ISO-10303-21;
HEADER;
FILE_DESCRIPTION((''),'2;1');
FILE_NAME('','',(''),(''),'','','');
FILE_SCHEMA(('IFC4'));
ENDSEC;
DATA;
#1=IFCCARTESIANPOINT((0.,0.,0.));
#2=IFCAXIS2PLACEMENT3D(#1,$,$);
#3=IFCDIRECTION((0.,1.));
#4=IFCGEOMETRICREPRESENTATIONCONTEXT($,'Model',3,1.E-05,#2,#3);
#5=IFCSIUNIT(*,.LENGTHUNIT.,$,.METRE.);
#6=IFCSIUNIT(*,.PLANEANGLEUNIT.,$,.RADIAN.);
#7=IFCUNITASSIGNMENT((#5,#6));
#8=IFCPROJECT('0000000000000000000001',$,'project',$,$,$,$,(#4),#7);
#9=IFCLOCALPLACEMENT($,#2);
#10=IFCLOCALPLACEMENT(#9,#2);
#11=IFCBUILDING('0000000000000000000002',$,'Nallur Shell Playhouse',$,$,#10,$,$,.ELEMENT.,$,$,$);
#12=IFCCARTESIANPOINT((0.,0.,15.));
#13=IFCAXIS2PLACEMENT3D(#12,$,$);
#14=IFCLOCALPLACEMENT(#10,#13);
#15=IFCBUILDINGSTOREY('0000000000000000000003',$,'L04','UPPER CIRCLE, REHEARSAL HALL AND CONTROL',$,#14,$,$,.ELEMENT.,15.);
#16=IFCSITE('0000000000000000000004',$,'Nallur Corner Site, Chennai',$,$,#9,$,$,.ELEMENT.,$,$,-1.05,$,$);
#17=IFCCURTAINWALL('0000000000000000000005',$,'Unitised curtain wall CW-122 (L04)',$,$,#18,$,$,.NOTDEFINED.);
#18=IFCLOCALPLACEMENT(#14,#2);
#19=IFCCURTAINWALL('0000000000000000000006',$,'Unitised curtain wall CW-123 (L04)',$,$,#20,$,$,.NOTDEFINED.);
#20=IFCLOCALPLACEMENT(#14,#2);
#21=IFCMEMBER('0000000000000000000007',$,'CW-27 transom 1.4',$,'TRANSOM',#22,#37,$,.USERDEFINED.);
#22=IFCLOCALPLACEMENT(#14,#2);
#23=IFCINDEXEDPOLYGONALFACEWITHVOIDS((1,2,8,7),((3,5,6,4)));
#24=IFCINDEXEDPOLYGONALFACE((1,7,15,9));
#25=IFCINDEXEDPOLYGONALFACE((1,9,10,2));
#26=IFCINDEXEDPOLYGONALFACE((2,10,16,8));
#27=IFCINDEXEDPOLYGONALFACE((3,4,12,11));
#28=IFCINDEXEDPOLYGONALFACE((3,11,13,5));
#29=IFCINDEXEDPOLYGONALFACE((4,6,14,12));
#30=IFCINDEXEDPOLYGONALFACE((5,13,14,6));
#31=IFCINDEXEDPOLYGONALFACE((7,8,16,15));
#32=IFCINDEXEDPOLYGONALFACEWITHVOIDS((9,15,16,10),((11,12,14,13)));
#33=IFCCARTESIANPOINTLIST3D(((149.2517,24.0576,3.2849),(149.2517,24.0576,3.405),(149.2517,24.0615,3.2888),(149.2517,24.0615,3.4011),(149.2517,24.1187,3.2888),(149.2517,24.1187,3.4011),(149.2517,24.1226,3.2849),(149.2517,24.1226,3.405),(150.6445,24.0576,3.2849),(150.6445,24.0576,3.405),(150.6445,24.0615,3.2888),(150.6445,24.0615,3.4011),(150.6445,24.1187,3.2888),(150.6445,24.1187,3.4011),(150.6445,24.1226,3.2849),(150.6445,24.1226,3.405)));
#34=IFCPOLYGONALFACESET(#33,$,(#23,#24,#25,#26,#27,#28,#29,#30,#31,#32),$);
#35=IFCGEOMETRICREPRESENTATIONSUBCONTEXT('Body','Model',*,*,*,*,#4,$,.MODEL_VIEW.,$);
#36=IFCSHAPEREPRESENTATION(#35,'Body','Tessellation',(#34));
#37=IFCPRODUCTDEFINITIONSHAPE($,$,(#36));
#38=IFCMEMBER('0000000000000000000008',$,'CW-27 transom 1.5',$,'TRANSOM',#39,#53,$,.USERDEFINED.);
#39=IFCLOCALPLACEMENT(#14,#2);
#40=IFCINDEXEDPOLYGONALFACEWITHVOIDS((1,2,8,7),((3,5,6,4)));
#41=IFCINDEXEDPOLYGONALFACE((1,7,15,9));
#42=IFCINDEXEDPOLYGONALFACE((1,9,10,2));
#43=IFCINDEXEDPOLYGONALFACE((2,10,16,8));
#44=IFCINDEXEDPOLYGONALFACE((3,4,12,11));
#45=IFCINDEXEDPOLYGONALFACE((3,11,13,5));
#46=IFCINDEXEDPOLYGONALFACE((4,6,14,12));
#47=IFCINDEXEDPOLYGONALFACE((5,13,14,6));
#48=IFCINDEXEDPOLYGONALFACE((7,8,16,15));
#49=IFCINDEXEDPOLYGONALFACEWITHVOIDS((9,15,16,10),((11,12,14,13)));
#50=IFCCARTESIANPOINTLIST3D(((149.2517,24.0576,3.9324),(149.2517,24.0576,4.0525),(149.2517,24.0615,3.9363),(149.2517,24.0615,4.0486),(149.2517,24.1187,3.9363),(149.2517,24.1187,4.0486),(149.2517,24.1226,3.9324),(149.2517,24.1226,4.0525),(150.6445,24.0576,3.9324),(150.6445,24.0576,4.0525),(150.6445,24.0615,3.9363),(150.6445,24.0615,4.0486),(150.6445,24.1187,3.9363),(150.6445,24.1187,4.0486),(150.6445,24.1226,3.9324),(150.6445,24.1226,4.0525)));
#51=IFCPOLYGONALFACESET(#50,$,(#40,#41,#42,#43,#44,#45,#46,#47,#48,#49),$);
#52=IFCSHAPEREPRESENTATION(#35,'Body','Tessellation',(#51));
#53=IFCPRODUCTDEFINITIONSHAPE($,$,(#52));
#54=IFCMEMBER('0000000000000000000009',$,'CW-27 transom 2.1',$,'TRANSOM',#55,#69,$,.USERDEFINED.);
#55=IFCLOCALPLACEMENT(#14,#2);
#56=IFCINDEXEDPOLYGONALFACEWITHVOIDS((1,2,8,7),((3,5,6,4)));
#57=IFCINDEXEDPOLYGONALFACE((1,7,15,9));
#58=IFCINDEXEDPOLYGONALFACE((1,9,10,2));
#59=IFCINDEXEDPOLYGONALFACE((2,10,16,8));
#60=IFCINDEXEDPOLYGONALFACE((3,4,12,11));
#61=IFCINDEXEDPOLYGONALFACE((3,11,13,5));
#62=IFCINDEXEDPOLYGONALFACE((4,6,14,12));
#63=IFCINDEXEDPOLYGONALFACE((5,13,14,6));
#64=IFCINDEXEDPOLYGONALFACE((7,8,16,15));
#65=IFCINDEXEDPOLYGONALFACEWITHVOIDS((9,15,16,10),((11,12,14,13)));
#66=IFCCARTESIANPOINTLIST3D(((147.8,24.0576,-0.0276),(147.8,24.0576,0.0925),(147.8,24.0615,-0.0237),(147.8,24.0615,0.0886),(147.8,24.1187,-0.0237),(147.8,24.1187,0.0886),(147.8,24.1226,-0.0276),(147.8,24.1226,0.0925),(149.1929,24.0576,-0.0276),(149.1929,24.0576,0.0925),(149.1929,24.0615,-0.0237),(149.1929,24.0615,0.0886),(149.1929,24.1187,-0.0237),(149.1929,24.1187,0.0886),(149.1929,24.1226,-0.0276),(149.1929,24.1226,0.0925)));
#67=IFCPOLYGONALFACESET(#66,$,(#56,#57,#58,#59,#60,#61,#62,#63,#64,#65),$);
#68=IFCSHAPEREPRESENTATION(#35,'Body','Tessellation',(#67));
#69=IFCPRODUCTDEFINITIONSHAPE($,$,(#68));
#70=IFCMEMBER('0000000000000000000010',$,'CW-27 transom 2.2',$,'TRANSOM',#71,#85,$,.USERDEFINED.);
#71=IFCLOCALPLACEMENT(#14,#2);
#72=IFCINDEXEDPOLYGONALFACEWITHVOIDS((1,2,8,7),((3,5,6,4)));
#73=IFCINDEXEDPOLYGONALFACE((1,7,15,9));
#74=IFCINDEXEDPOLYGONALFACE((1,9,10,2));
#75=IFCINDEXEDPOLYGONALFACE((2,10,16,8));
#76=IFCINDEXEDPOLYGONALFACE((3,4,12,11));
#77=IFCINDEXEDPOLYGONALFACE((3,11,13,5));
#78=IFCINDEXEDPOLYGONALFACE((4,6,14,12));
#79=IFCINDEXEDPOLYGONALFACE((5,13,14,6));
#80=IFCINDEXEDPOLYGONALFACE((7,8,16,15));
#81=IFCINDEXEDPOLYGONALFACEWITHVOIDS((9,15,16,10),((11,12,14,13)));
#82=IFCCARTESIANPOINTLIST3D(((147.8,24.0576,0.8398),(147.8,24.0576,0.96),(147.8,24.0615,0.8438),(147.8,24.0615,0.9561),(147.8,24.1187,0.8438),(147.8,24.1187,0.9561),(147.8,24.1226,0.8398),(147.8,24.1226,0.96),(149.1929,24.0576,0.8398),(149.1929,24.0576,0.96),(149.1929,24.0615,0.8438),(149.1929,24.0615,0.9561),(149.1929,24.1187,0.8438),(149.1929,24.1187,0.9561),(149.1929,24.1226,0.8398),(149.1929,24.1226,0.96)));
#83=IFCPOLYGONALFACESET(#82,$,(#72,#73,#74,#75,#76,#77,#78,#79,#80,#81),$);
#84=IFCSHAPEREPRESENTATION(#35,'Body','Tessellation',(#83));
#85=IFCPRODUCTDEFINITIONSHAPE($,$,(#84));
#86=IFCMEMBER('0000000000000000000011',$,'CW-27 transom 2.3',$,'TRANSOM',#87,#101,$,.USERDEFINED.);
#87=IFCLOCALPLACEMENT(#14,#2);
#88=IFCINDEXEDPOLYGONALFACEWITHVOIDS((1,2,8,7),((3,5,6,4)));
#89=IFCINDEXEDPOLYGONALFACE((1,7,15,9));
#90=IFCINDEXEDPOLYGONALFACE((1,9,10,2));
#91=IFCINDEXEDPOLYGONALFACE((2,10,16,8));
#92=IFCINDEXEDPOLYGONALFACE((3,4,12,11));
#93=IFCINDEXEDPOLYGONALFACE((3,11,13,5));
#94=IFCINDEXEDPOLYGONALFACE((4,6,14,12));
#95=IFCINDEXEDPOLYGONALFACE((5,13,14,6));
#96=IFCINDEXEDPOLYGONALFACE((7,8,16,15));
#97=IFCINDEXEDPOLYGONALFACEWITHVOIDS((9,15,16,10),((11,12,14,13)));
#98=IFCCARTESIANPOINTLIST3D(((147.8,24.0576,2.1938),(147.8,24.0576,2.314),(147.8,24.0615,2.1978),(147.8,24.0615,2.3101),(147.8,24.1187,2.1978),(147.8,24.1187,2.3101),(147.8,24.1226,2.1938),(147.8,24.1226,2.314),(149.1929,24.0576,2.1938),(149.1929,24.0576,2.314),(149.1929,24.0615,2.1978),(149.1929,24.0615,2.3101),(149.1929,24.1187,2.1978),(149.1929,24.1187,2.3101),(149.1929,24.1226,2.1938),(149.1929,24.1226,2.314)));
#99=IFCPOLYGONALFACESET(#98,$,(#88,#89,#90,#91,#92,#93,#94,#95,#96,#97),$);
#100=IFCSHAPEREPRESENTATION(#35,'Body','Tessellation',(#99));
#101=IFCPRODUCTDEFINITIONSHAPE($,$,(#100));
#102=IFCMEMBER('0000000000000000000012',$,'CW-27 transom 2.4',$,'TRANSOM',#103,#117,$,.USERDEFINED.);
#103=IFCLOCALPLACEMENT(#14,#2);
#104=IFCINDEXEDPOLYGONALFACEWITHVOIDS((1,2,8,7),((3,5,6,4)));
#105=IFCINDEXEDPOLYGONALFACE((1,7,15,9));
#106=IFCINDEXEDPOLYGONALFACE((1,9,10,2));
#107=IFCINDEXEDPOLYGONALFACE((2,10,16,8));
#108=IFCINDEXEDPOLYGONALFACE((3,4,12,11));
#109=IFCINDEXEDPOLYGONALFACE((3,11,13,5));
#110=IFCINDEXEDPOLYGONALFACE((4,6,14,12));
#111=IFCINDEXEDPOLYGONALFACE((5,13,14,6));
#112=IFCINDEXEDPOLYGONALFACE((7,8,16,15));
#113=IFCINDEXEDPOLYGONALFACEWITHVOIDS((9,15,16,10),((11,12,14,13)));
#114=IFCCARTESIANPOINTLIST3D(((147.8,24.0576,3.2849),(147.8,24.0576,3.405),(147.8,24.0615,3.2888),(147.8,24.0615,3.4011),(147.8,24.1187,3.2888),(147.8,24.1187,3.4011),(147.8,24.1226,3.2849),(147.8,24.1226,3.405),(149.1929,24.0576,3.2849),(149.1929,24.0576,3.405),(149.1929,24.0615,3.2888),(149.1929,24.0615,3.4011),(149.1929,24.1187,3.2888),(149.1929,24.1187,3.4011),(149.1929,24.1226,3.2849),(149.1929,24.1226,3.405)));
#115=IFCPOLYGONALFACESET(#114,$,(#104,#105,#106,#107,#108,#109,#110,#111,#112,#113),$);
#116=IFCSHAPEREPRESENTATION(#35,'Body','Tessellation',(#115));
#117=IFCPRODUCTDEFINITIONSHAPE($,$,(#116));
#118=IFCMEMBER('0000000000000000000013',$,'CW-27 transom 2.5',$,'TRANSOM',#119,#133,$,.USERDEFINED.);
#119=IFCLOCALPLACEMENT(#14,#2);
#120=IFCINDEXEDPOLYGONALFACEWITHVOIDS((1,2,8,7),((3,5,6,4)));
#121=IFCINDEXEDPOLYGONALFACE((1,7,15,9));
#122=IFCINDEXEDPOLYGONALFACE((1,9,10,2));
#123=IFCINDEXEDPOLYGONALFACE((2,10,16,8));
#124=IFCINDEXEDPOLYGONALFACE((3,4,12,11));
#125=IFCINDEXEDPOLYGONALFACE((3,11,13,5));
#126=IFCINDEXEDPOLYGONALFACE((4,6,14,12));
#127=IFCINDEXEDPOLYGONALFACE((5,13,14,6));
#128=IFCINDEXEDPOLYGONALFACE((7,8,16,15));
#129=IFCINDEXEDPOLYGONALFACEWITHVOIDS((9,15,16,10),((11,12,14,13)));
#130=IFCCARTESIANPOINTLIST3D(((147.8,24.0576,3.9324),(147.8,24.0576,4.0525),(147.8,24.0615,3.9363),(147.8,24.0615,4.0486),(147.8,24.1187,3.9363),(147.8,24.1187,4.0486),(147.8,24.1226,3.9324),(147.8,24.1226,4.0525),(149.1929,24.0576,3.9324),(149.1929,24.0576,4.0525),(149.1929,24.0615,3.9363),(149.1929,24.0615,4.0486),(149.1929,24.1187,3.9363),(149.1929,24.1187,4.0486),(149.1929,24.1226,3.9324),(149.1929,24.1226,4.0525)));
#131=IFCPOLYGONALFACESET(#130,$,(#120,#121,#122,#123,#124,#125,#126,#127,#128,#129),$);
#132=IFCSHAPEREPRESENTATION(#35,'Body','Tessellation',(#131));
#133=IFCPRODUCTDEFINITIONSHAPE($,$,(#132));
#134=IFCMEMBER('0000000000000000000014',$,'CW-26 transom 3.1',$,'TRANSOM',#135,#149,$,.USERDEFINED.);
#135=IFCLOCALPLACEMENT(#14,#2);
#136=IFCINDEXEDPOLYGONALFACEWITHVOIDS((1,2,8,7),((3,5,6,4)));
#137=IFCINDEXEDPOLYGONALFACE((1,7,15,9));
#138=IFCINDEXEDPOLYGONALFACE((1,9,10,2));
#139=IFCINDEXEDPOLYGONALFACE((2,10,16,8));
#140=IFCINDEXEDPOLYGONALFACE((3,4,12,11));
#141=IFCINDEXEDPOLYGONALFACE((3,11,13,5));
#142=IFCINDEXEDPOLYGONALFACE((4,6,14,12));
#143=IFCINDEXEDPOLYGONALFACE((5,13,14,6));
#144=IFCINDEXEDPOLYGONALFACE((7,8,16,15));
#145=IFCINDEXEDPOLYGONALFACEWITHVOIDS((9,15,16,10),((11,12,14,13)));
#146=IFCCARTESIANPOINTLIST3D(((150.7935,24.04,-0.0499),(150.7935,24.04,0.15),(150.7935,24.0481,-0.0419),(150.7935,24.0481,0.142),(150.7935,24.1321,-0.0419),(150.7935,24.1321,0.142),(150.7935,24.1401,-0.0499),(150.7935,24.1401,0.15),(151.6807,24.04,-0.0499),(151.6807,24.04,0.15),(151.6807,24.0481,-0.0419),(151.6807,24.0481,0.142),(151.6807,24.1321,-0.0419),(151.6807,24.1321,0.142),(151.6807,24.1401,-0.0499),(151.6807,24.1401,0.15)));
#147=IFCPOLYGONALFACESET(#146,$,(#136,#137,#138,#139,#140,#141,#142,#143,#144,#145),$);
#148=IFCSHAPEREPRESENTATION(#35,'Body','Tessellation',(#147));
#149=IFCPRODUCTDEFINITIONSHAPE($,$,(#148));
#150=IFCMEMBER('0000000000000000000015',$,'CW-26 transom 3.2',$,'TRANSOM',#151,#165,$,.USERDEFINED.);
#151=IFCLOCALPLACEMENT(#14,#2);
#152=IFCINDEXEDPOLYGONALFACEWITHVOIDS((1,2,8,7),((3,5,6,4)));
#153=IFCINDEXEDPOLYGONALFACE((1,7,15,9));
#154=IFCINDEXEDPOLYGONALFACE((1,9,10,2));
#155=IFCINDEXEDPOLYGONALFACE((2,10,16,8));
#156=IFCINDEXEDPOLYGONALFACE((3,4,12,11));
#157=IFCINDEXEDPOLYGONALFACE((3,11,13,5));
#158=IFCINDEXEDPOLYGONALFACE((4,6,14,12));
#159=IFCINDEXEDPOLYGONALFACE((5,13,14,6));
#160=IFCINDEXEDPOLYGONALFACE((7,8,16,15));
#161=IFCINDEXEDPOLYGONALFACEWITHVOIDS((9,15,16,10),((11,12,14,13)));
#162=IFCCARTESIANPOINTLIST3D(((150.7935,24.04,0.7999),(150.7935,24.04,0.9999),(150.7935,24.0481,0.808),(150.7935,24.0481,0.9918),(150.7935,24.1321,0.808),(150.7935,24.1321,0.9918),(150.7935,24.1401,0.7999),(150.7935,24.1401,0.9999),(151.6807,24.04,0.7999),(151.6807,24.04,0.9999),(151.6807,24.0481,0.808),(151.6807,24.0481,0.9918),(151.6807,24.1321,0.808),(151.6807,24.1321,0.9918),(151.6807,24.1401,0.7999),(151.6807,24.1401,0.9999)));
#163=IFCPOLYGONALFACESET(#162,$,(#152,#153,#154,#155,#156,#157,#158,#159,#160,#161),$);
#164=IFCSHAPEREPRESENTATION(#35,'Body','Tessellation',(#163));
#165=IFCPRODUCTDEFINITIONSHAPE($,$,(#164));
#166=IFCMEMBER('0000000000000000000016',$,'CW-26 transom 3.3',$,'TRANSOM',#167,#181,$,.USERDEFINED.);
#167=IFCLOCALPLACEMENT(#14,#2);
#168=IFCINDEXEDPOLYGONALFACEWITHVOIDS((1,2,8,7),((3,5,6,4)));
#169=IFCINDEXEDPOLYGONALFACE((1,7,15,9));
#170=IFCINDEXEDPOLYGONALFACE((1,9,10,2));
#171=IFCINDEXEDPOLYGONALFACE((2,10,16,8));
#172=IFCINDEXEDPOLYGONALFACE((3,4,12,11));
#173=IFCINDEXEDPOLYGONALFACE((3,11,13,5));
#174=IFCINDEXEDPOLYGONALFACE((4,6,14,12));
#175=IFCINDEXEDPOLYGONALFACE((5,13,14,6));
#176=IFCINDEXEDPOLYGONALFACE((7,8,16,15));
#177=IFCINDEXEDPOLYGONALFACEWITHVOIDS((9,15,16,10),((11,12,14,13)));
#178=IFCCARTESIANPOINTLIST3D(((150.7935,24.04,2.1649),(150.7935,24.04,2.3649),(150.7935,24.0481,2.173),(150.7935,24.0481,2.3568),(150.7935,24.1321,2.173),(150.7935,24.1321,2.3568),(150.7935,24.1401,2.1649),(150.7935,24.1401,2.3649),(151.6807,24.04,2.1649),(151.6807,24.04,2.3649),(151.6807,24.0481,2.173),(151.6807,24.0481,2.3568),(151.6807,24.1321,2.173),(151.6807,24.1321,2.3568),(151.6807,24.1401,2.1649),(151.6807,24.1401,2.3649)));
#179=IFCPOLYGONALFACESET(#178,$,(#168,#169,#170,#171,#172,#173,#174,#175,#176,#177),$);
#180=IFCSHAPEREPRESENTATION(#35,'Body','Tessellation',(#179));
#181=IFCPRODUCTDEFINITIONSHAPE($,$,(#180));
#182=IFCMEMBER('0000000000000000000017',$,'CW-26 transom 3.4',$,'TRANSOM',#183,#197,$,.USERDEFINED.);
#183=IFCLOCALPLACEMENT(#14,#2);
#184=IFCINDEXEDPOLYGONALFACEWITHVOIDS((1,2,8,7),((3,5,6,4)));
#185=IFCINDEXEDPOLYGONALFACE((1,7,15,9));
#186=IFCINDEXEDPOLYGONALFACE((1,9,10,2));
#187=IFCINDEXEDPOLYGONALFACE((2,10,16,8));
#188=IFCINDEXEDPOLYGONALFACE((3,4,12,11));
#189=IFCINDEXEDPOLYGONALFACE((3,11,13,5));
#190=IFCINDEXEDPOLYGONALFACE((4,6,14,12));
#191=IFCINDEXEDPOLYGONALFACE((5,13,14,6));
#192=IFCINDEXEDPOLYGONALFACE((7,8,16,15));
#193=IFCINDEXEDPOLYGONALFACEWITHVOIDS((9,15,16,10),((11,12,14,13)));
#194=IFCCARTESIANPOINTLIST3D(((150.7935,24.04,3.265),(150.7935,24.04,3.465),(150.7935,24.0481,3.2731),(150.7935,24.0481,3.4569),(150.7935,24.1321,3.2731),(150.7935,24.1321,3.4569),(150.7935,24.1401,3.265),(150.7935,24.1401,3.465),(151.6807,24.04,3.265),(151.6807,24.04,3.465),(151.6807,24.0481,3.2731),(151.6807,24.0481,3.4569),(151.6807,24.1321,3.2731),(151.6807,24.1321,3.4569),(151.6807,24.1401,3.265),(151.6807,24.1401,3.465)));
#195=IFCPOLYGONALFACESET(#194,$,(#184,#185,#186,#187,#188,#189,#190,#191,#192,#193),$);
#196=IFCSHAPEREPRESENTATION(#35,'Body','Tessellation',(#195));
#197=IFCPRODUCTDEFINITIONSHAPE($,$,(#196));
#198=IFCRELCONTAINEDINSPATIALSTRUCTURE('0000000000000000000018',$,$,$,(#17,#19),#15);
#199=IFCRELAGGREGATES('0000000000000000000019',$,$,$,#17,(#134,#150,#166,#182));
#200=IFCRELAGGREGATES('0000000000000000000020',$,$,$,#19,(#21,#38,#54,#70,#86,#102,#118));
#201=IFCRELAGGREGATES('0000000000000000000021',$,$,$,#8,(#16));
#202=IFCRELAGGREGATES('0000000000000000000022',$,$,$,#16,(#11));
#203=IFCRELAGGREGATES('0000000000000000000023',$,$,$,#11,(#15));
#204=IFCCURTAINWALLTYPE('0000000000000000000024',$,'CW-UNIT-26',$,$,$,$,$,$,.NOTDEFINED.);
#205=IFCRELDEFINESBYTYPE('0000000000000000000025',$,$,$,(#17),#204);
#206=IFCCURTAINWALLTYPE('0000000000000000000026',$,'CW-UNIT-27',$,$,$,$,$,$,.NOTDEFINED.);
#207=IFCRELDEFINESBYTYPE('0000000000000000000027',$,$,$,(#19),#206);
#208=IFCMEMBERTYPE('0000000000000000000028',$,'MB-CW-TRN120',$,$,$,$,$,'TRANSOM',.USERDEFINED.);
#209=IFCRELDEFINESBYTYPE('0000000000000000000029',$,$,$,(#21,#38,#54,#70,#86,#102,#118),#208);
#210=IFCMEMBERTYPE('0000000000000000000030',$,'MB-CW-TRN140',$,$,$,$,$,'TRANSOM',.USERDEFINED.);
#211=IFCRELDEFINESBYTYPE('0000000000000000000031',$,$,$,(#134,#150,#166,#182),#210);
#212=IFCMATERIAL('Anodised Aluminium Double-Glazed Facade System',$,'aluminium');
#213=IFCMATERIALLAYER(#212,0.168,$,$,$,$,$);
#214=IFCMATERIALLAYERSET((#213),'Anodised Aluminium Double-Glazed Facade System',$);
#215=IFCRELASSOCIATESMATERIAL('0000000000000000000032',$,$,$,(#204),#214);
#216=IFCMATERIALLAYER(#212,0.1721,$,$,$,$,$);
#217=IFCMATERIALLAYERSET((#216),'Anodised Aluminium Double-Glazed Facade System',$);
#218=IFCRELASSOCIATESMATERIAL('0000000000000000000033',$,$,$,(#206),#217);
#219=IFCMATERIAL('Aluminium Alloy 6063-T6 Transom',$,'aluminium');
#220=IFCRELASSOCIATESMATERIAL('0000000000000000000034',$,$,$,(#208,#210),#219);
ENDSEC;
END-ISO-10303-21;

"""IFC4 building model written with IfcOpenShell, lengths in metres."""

from ifc_helpers import new_model, si_unit, direction, frame, origin, origin_2d, place, context, subcontext, project, spatial, hollow_rectangle, extrude, material, layer, layer_set, material_profile, profile_set, type_object, element, aggregate, save


model = new_model("IFC4")

# Units and contexts
model_context = context("Model", 3, precision=1e-05, world=origin(), true_north=direction((0.0, 1.0)))
body_context = subcontext(model_context, "Body", "Model", "MODEL_VIEW")
ifc_project = project(units=[si_unit("LENGTHUNIT", "METRE"), si_unit("PLANEANGLEUNIT", "RADIAN")], contexts=[model_context])

# Site, building, storey
site_placement = place(None, origin())
site = spatial("IfcSite", under=ifc_project, at=site_placement, Name="Nallur Corner Site, Chennai", CompositionType="ELEMENT", RefElevation=-1.05)
building_placement = place(site_placement, origin())
building = spatial("IfcBuilding", under=site, at=building_placement, Name="Nallur Shell Playhouse", CompositionType="ELEMENT")
storey_placement = place(building_placement, frame((0.0, 0.0, 15.0)))
storey = spatial("IfcBuildingStorey", under=building, at=storey_placement, Name="L04", Description="UPPER CIRCLE, REHEARSAL HALL AND CONTROL", CompositionType="ELEMENT", Elevation=15.0)

# Curtain walls, members
ifc_material_1 = material(Name="Anodised Aluminium Double-Glazed Facade System", Category="aluminium")
ifc_layer_1 = layer(ifc_material_1, 0.168)
ifc_layer_set_1 = layer_set([ifc_layer_1], Name="Anodised Aluminium Double-Glazed Facade System")
curtain_wall_type_1 = type_object("IfcCurtainWallType", Name="CW-UNIT-26", PredefinedType="NOTDEFINED", material=ifc_layer_set_1)
curtain_wall_1_placement = place(storey_placement, origin())
curtain_wall_1 = element("IfcCurtainWall", 1, at=curtain_wall_1_placement, inside=storey, type_object=curtain_wall_type_1, Name="Unitised curtain wall CW-122 (L04)", PredefinedType="NOTDEFINED")
ifc_layer_2 = layer(ifc_material_1, 0.1721)
ifc_layer_set_2 = layer_set([ifc_layer_2], Name="Anodised Aluminium Double-Glazed Facade System")
curtain_wall_type_2 = type_object("IfcCurtainWallType", Name="CW-UNIT-27", PredefinedType="NOTDEFINED", material=ifc_layer_set_2)
curtain_wall_2_placement = place(storey_placement, origin())
curtain_wall_2 = element("IfcCurtainWall", 2, at=curtain_wall_2_placement, inside=storey, type_object=curtain_wall_type_2, Name="Unitised curtain wall CW-123 (L04)", PredefinedType="NOTDEFINED")
ifc_material_2 = material(Name="Aluminium Alloy 6063-T6 Transom", Category="aluminium")
ifc_material_profile_1 = material_profile(ifc_material_2, hollow_rectangle(XDim=0.0649, YDim=0.1201, WallThickness=0.0039, at=origin_2d()), Name="ALU 65x120x4")
ifc_profile_set_1 = profile_set([ifc_material_profile_1], Name="Aluminium Alloy 6063-T6 Transom")
member_type_1 = type_object("IfcMemberType", Name="MB-CW-TRN120", ElementType="TRANSOM", PredefinedType="USERDEFINED", material=ifc_profile_set_1)
member_1_placement = place(storey_placement, frame((150.6445, 24.0901, 3.345), z_axis=(-1.0, 0.0, 0.0), x_axis=(0.0, -1.0, 0.0)))
member_1 = element("IfcMember", 3, at=member_1_placement, type_object=member_type_1, Name="CW-27 transom 1.4", ObjectType="TRANSOM", PredefinedType="USERDEFINED", context=body_context, shape_type="SweptSolid", body=[
    extrude(hollow_rectangle(XDim=0.0649, YDim=0.1201, WallThickness=0.0039, at=origin_2d()), origin(), (0.0, 0.0, 1.0), 1.3928),
])
member_2_placement = place(storey_placement, frame((150.6445, 24.0901, 3.9924), z_axis=(-1.0, 0.0, 0.0), x_axis=(0.0, -1.0, 0.0)))
member_2 = element("IfcMember", 4, at=member_2_placement, type_object=member_type_1, Name="CW-27 transom 1.5", ObjectType="TRANSOM", PredefinedType="USERDEFINED", context=body_context, shape_type="SweptSolid", body=[
    extrude(hollow_rectangle(XDim=0.0649, YDim=0.1201, WallThickness=0.0039, at=origin_2d()), origin(), (0.0, 0.0, 1.0), 1.3928),
])
member_3_placement = place(storey_placement, frame((149.1929, 24.0901, 0.0325), z_axis=(-1.0, 0.0, 0.0), x_axis=(0.0, -1.0, 0.0)))
member_3 = element("IfcMember", 5, at=member_3_placement, type_object=member_type_1, Name="CW-27 transom 2.1", ObjectType="TRANSOM", PredefinedType="USERDEFINED", context=body_context, shape_type="SweptSolid", body=[
    extrude(hollow_rectangle(XDim=0.0649, YDim=0.1201, WallThickness=0.0039, at=origin_2d()), origin(), (0.0, 0.0, 1.0), 1.3928),
])
member_4_placement = place(storey_placement, frame((149.1929, 24.0901, 0.8999), z_axis=(-1.0, 0.0, 0.0), x_axis=(0.0, -1.0, 0.0)))
member_4 = element("IfcMember", 6, at=member_4_placement, type_object=member_type_1, Name="CW-27 transom 2.2", ObjectType="TRANSOM", PredefinedType="USERDEFINED", context=body_context, shape_type="SweptSolid", body=[
    extrude(hollow_rectangle(XDim=0.0649, YDim=0.1201, WallThickness=0.0039, at=origin_2d()), origin(), (0.0, 0.0, 1.0), 1.3928),
])
member_5_placement = place(storey_placement, frame((149.1929, 24.0901, 2.2539), z_axis=(-1.0, 0.0, 0.0), x_axis=(0.0, -1.0, 0.0)))
member_5 = element("IfcMember", 7, at=member_5_placement, type_object=member_type_1, Name="CW-27 transom 2.3", ObjectType="TRANSOM", PredefinedType="USERDEFINED", context=body_context, shape_type="SweptSolid", body=[
    extrude(hollow_rectangle(XDim=0.0649, YDim=0.1201, WallThickness=0.0039, at=origin_2d()), origin(), (0.0, 0.0, 1.0), 1.3928),
])
member_6_placement = place(storey_placement, frame((149.1929, 24.0901, 3.345), z_axis=(-1.0, 0.0, 0.0), x_axis=(0.0, -1.0, 0.0)))
member_6 = element("IfcMember", 8, at=member_6_placement, type_object=member_type_1, Name="CW-27 transom 2.4", ObjectType="TRANSOM", PredefinedType="USERDEFINED", context=body_context, shape_type="SweptSolid", body=[
    extrude(hollow_rectangle(XDim=0.0649, YDim=0.1201, WallThickness=0.0039, at=origin_2d()), origin(), (0.0, 0.0, 1.0), 1.3928),
])
member_7_placement = place(storey_placement, frame((149.1929, 24.0901, 3.9924), z_axis=(-1.0, 0.0, 0.0), x_axis=(0.0, -1.0, 0.0)))
member_7 = element("IfcMember", 9, at=member_7_placement, type_object=member_type_1, Name="CW-27 transom 2.5", ObjectType="TRANSOM", PredefinedType="USERDEFINED", context=body_context, shape_type="SweptSolid", body=[
    extrude(hollow_rectangle(XDim=0.0649, YDim=0.1201, WallThickness=0.0039, at=origin_2d()), origin(), (0.0, 0.0, 1.0), 1.3928),
])

# Members
ifc_material_profile_2 = material_profile(ifc_material_2, hollow_rectangle(XDim=0.1001, YDim=0.2, WallThickness=0.0081, at=origin_2d()), Name="RHS 200x100x8")
ifc_profile_set_2 = profile_set([ifc_material_profile_2], Name="Aluminium Alloy 6063-T6 Transom")
member_type_2 = type_object("IfcMemberType", Name="MB-CW-TRN140", ElementType="TRANSOM", PredefinedType="USERDEFINED", material=ifc_profile_set_2)
member_8_placement = place(storey_placement, frame((151.6807, 24.0901, 0.05), z_axis=(-1.0, 0.0, 0.0), x_axis=(0.0, -1.0, 0.0)))
member_8 = element("IfcMember", 10, at=member_8_placement, type_object=member_type_2, Name="CW-26 transom 3.1", ObjectType="TRANSOM", PredefinedType="USERDEFINED", context=body_context, shape_type="SweptSolid", body=[
    extrude(hollow_rectangle(XDim=0.1001, YDim=0.2, WallThickness=0.0081, at=origin_2d()), origin(), (0.0, 0.0, 1.0), 0.8872),
])
member_9_placement = place(storey_placement, frame((151.6807, 24.0901, 0.8999), z_axis=(-1.0, 0.0, 0.0), x_axis=(0.0, -1.0, 0.0)))
member_9 = element("IfcMember", 11, at=member_9_placement, type_object=member_type_2, Name="CW-26 transom 3.2", ObjectType="TRANSOM", PredefinedType="USERDEFINED", context=body_context, shape_type="SweptSolid", body=[
    extrude(hollow_rectangle(XDim=0.1001, YDim=0.2, WallThickness=0.0081, at=origin_2d()), origin(), (0.0, 0.0, 1.0), 0.8872),
])
member_10_placement = place(storey_placement, frame((151.6807, 24.0901, 2.2649), z_axis=(-1.0, 0.0, 0.0), x_axis=(0.0, -1.0, 0.0)))
member_10 = element("IfcMember", 12, at=member_10_placement, type_object=member_type_2, Name="CW-26 transom 3.3", ObjectType="TRANSOM", PredefinedType="USERDEFINED", context=body_context, shape_type="SweptSolid", body=[
    extrude(hollow_rectangle(XDim=0.1001, YDim=0.2, WallThickness=0.0081, at=origin_2d()), origin(), (0.0, 0.0, 1.0), 0.8872),
])
member_11_placement = place(storey_placement, frame((151.6807, 24.0901, 3.365), z_axis=(-1.0, 0.0, 0.0), x_axis=(0.0, -1.0, 0.0)))
member_11 = element("IfcMember", 13, at=member_11_placement, type_object=member_type_2, Name="CW-26 transom 3.4", ObjectType="TRANSOM", PredefinedType="USERDEFINED", context=body_context, shape_type="SweptSolid", body=[
    extrude(hollow_rectangle(XDim=0.1001, YDim=0.2, WallThickness=0.0081, at=origin_2d()), origin(), (0.0, 0.0, 1.0), 0.8872),
])

aggregate(curtain_wall_1, [member_8, member_9, member_10, member_11])
aggregate(curtain_wall_2, [member_1, member_2, member_3, member_4, member_5, member_6, member_7])

save(model, "model.ifc")
